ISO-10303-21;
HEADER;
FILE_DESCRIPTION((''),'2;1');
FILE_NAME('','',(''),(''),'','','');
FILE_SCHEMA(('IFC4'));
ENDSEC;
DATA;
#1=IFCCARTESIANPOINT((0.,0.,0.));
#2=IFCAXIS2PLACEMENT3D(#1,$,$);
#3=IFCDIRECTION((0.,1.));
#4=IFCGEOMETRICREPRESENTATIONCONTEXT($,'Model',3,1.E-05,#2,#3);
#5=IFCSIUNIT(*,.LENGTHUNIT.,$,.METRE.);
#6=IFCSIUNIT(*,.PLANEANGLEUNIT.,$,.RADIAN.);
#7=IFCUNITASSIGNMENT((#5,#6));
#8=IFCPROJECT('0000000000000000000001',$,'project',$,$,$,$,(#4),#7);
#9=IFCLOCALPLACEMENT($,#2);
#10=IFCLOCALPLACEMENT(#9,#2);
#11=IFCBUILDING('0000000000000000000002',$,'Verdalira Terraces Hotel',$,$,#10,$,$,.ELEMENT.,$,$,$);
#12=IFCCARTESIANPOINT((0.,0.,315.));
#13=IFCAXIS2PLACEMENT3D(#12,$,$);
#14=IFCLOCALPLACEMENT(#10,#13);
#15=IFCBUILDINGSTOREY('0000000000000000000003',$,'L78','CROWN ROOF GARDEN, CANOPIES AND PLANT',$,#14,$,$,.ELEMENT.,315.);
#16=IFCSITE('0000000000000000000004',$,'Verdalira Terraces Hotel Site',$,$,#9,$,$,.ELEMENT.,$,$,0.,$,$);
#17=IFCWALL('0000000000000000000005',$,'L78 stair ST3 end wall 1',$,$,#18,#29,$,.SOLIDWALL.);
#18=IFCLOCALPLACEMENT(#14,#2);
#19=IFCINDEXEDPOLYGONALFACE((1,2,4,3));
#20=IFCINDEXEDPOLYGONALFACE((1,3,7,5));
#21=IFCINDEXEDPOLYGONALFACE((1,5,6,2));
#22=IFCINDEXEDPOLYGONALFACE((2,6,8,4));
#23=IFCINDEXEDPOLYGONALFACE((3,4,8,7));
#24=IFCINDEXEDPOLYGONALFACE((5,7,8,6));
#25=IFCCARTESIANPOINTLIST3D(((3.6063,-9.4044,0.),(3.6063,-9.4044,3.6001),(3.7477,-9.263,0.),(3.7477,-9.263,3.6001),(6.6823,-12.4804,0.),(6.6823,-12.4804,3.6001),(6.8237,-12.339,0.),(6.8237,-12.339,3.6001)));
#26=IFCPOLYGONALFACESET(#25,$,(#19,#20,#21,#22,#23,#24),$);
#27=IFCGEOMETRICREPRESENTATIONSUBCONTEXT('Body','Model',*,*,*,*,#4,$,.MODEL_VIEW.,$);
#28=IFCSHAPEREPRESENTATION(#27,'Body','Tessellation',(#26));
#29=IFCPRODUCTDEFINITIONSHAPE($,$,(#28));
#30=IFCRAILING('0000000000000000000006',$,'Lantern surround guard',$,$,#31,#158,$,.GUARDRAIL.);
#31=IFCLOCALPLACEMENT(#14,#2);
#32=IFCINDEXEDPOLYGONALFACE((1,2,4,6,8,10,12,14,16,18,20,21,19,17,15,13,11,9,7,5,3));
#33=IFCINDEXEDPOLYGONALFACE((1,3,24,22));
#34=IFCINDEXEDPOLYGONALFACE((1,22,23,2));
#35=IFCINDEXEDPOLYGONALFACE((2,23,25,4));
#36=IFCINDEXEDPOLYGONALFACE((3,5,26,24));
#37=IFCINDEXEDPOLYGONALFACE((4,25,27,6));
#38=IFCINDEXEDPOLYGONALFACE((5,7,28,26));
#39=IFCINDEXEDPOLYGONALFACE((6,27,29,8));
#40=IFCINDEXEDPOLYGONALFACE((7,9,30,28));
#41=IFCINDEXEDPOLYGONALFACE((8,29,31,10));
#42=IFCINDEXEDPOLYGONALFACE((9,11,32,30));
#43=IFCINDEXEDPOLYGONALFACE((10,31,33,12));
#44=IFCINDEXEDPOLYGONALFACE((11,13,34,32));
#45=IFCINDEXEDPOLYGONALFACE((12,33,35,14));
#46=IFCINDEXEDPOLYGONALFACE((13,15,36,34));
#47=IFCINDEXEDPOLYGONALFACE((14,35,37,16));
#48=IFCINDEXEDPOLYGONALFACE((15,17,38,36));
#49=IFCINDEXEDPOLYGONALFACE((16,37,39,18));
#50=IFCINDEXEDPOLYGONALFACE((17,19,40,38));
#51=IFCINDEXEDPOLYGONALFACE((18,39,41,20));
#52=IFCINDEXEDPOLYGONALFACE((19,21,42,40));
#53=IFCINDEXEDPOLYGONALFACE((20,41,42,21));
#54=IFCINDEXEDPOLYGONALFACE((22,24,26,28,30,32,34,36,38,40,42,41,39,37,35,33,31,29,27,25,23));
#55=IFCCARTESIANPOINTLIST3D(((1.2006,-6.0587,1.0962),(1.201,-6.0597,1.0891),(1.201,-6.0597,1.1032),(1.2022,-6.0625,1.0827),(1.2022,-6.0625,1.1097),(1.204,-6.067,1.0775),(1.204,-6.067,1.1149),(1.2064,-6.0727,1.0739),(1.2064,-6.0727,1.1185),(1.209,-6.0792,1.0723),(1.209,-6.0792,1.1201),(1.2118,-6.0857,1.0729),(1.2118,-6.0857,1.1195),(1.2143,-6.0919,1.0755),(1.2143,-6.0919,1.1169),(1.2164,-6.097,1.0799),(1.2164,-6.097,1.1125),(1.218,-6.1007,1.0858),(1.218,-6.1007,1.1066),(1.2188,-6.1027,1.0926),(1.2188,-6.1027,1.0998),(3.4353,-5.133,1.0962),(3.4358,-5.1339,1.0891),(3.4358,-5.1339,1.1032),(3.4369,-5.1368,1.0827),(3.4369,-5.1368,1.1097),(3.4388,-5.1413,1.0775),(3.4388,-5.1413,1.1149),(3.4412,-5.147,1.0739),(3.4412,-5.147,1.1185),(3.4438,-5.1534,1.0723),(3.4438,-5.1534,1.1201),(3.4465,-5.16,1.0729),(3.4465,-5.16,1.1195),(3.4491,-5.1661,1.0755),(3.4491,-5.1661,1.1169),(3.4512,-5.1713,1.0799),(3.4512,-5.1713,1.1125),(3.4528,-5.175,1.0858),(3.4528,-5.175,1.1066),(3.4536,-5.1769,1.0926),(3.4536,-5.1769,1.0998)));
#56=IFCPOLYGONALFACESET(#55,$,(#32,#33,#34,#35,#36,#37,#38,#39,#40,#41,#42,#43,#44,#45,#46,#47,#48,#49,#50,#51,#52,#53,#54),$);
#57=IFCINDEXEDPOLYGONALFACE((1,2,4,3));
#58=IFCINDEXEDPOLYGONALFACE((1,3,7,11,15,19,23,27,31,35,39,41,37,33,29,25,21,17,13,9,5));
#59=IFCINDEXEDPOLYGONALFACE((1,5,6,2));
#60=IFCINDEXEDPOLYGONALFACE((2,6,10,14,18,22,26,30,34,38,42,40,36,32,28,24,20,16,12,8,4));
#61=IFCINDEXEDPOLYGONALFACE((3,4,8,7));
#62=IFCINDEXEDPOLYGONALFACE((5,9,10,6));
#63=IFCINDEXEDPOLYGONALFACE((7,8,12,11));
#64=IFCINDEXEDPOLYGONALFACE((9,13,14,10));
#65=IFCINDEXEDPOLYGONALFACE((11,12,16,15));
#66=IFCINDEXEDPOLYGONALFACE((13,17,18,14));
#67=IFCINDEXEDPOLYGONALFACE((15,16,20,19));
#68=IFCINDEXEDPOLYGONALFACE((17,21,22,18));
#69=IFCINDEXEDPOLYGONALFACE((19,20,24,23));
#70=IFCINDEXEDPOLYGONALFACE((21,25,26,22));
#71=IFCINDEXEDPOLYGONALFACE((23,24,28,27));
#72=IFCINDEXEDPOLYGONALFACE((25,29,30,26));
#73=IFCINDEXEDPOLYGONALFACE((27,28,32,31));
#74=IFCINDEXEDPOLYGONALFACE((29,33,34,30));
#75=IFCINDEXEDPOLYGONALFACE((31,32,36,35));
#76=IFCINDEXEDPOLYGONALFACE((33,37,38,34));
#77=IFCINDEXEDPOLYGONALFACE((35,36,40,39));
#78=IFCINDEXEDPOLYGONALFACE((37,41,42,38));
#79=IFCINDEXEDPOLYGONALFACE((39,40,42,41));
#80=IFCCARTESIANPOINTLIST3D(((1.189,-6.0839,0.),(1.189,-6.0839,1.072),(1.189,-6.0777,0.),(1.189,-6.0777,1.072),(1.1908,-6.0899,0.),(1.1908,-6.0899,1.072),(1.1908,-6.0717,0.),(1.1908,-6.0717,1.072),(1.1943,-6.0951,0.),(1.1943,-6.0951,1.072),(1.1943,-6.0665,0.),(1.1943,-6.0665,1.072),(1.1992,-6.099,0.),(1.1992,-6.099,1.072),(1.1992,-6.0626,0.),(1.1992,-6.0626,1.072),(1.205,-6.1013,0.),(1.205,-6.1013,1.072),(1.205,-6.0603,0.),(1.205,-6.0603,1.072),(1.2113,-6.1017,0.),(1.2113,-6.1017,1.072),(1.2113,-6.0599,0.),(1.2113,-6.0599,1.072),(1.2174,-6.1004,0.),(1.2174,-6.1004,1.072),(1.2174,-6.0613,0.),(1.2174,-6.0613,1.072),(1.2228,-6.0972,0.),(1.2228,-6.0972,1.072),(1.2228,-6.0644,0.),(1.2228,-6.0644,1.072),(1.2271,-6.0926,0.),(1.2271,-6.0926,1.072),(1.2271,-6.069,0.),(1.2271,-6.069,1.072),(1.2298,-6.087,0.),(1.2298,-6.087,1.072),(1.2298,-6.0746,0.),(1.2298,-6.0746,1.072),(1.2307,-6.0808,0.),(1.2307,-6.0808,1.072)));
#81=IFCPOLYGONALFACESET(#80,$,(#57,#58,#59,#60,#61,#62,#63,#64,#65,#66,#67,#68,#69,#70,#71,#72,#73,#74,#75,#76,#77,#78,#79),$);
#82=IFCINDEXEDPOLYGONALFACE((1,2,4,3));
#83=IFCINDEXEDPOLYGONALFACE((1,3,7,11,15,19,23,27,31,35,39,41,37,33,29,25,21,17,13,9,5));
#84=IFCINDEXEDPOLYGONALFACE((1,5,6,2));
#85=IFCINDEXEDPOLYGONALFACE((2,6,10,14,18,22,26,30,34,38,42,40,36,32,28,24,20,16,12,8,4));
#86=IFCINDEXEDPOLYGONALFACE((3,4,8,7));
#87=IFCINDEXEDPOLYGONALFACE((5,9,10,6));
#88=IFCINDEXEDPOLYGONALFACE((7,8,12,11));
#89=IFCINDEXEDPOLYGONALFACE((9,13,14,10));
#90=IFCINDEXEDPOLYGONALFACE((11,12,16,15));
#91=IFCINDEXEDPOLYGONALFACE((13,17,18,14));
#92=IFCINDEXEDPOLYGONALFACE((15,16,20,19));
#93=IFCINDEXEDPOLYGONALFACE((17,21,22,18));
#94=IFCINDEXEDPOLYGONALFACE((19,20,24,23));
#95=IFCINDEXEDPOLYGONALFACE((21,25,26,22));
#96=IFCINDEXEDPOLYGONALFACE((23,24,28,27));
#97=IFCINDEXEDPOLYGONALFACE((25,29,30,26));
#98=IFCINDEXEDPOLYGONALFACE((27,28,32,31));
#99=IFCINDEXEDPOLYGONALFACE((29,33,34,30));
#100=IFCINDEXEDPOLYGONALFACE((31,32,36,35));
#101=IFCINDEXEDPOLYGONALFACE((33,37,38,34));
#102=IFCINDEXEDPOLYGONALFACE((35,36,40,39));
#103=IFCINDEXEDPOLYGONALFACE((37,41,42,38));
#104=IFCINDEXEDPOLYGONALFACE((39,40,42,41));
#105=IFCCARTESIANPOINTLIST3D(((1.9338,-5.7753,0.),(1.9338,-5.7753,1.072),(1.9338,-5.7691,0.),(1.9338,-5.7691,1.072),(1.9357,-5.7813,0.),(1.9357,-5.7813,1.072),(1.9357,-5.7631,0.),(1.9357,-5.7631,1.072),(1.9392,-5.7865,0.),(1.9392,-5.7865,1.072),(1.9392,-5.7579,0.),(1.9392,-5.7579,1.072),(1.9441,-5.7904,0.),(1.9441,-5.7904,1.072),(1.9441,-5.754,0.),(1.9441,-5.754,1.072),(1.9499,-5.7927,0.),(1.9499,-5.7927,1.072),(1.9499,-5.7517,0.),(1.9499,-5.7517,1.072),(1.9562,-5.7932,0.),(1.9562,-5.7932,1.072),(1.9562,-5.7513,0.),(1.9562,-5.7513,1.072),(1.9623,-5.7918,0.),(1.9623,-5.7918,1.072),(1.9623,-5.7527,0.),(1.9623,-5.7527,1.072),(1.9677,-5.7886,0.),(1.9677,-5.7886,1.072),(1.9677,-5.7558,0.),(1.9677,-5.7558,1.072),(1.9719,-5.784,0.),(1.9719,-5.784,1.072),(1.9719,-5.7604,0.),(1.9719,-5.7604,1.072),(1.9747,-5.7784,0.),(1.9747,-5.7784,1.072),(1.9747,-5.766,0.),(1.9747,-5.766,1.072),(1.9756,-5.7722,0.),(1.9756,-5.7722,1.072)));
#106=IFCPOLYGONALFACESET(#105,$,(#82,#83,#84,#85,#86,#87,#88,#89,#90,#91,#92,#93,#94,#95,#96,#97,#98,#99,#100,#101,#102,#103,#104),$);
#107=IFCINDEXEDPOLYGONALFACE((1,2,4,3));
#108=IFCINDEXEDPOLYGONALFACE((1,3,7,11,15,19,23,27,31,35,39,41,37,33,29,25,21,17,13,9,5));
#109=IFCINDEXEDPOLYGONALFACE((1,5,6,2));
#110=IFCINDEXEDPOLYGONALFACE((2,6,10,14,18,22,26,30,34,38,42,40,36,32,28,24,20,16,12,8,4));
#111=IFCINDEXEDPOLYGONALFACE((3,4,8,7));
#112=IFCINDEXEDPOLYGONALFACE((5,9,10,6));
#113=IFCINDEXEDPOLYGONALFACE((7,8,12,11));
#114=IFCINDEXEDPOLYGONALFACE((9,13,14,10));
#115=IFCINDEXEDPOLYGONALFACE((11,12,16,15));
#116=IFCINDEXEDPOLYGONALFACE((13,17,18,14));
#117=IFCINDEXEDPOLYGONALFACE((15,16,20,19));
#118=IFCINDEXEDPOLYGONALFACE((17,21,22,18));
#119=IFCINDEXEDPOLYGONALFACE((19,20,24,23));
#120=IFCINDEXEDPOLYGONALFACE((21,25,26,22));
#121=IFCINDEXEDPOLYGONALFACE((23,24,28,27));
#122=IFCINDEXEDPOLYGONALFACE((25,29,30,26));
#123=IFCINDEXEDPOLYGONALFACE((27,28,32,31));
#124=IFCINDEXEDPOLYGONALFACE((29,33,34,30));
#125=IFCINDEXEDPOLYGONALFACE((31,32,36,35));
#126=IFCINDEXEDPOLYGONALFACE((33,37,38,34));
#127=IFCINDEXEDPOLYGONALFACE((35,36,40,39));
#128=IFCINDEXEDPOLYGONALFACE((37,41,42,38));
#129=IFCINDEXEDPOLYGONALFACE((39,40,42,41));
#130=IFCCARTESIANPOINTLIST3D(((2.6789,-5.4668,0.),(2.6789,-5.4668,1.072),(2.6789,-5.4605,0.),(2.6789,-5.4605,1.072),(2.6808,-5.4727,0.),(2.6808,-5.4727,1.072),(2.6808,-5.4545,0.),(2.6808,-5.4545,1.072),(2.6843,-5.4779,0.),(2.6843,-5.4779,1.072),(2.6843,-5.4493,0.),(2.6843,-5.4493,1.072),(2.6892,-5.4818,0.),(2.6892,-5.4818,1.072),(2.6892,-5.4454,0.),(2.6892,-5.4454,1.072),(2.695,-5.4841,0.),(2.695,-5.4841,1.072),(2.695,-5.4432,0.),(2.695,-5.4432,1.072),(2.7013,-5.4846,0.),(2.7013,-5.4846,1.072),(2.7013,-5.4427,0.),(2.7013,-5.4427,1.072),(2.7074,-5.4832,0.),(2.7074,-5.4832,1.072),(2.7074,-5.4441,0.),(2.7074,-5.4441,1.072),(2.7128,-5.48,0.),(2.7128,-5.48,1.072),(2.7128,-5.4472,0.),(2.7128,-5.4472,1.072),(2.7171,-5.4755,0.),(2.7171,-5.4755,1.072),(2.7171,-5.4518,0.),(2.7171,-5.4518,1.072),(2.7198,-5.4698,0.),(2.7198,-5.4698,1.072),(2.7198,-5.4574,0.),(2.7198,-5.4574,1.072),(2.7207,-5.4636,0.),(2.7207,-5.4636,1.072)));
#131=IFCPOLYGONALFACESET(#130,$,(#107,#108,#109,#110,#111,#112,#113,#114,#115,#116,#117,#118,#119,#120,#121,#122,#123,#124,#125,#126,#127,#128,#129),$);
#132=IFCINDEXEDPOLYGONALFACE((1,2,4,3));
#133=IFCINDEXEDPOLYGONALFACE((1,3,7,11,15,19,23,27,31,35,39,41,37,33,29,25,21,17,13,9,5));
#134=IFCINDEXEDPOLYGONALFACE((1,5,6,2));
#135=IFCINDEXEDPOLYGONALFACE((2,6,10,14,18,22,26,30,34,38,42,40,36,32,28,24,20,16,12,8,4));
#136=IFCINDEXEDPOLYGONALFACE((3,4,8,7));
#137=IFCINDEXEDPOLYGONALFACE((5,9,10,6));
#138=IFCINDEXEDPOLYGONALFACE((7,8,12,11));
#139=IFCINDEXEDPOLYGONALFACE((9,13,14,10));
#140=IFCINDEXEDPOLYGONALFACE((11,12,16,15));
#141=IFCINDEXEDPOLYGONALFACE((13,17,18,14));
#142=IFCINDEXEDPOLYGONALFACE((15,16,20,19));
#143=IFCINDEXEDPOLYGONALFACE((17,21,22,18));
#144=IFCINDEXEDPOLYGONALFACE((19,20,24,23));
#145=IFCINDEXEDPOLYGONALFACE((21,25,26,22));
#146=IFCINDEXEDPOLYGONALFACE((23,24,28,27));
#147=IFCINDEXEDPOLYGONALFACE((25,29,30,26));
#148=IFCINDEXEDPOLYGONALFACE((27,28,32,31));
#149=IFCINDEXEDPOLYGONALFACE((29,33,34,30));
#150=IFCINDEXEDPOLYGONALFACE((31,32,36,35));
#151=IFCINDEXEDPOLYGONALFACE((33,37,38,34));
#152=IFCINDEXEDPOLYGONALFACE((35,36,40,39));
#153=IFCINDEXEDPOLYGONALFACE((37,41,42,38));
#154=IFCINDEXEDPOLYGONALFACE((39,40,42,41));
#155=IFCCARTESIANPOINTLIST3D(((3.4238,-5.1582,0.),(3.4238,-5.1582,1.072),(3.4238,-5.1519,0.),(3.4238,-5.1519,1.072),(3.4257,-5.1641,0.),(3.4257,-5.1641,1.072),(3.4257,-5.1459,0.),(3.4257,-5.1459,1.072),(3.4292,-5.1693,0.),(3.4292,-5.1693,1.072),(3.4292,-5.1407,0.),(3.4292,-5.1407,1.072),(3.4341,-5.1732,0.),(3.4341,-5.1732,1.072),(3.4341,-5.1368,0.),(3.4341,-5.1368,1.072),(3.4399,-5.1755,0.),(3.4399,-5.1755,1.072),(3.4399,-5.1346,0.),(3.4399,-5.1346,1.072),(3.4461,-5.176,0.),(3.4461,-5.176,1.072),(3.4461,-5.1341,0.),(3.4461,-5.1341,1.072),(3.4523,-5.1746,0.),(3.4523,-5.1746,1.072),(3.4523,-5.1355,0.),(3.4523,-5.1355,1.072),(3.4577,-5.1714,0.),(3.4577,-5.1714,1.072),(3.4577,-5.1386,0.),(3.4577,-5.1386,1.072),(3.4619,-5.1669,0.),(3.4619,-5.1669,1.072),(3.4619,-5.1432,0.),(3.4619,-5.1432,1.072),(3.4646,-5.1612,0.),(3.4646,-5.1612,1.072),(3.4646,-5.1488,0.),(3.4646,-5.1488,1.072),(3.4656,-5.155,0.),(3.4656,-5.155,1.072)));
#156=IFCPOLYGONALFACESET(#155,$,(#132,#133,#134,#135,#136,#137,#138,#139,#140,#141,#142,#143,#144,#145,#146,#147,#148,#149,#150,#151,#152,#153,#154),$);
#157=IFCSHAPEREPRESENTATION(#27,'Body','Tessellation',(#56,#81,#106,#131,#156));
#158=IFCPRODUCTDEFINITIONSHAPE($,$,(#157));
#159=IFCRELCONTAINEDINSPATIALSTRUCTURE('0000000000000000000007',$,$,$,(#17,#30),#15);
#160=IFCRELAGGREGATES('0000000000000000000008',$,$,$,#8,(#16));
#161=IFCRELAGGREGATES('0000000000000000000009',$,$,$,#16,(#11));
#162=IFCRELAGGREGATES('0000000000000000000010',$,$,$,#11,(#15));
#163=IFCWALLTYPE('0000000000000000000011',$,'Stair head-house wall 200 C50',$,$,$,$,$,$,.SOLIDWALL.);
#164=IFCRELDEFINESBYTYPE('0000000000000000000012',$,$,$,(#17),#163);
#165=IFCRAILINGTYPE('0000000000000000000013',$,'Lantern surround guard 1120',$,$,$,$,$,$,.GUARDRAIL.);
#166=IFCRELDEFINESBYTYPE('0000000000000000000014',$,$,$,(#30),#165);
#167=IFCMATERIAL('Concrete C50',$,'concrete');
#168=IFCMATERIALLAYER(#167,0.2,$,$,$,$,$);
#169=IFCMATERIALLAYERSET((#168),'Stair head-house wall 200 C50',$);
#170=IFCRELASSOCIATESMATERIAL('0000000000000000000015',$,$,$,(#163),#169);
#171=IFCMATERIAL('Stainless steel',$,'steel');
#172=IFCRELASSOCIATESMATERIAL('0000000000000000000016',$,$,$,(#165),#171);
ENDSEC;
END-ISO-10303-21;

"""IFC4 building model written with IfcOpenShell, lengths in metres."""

from ifc_helpers import new_model, si_unit, direction, frame, frame_2d, origin, origin_2d, place, context, subcontext, project, spatial, rectangle, circle, extrude, material, layer, layer_set, type_object, element, save


model = new_model("IFC4")

# Units and contexts
model_context = context("Model", 3, precision=1e-05, world=origin(), true_north=direction((0.0, 1.0)))
body_context = subcontext(model_context, "Body", "Model", "MODEL_VIEW")
ifc_project = project(units=[si_unit("LENGTHUNIT", "METRE"), si_unit("PLANEANGLEUNIT", "RADIAN")], contexts=[model_context])

# Site, building, storey
site_placement = place(None, origin())
site = spatial("IfcSite", under=ifc_project, at=site_placement, Name="Verdalira Terraces Hotel Site", CompositionType="ELEMENT", RefElevation=0.0)
building_placement = place(site_placement, origin())
building = spatial("IfcBuilding", under=site, at=building_placement, Name="Verdalira Terraces Hotel", CompositionType="ELEMENT")
storey_placement = place(building_placement, frame((0.0, 0.0, 315.0)))
storey = spatial("IfcBuildingStorey", under=building, at=storey_placement, Name="L78", Description="CROWN ROOF GARDEN, CANOPIES AND PLANT", CompositionType="ELEMENT", Elevation=315.0)

# Wall
ifc_material_1 = material(Name="Concrete C50", Category="concrete")
ifc_layer_1 = layer(ifc_material_1, 0.2)
ifc_layer_set_1 = layer_set([ifc_layer_1], Name="Stair head-house wall 200 C50")
wall_type_1 = type_object("IfcWallType", Name="Stair head-house wall 200 C50", PredefinedType="SOLIDWALL", material=ifc_layer_set_1)
wall_1_placement = place(storey_placement, frame((3.677, -9.3337, 0.0), z_axis=(0.0, 0.0, 1.0), x_axis=(0.707107, -0.707107, 0.0)))
element("IfcWall", 1, at=wall_1_placement, inside=storey, type_object=wall_type_1, Name="L78 stair ST3 end wall 1", PredefinedType="SOLIDWALL", context=body_context, shape_type="SweptSolid", body=[
    extrude(rectangle(XDim=4.3501, YDim=0.2, at=frame_2d((2.175, 0.0))), origin(), (0.0, 0.0, 1.0), 3.6001),
])

# Railing
ifc_material_2 = material(Name="Stainless steel", Category="steel")
railing_type_1 = type_object("IfcRailingType", Name="Lantern surround guard 1120", PredefinedType="GUARDRAIL", material=ifc_material_2)
railing_1_placement = place(storey_placement, frame((1.2097, -6.0808, 0.0)))
element("IfcRailing", 2, at=railing_1_placement, inside=storey, type_object=railing_type_1, Name="Lantern surround guard", PredefinedType="GUARDRAIL", context=body_context, shape_type="SweptSolid", body=[
    extrude(circle(Radius=0.0239, at=origin_2d()), frame((0.0, 0.0, 1.0962), z_axis=(0.923869, 0.382708, 0.0), x_axis=(-0.382708, 0.923869, 0.0)), (0.0, 0.0, 1.0), 2.4189),
    extrude(circle(Radius=0.021, at=origin_2d()), origin(), (0.0, 0.0, 1.0), 1.072),
    extrude(circle(Radius=0.021, at=origin_2d()), frame((0.7449, 0.3086, 0.0)), (0.0, 0.0, 1.0), 1.072),
    extrude(circle(Radius=0.021, at=origin_2d()), frame((1.49, 0.6172, 0.0)), (0.0, 0.0, 1.0), 1.072),
    extrude(circle(Radius=0.021, at=origin_2d()), frame((2.2349, 0.9258, 0.0)), (0.0, 0.0, 1.0), 1.072),
])

save(model, "model.ifc")
